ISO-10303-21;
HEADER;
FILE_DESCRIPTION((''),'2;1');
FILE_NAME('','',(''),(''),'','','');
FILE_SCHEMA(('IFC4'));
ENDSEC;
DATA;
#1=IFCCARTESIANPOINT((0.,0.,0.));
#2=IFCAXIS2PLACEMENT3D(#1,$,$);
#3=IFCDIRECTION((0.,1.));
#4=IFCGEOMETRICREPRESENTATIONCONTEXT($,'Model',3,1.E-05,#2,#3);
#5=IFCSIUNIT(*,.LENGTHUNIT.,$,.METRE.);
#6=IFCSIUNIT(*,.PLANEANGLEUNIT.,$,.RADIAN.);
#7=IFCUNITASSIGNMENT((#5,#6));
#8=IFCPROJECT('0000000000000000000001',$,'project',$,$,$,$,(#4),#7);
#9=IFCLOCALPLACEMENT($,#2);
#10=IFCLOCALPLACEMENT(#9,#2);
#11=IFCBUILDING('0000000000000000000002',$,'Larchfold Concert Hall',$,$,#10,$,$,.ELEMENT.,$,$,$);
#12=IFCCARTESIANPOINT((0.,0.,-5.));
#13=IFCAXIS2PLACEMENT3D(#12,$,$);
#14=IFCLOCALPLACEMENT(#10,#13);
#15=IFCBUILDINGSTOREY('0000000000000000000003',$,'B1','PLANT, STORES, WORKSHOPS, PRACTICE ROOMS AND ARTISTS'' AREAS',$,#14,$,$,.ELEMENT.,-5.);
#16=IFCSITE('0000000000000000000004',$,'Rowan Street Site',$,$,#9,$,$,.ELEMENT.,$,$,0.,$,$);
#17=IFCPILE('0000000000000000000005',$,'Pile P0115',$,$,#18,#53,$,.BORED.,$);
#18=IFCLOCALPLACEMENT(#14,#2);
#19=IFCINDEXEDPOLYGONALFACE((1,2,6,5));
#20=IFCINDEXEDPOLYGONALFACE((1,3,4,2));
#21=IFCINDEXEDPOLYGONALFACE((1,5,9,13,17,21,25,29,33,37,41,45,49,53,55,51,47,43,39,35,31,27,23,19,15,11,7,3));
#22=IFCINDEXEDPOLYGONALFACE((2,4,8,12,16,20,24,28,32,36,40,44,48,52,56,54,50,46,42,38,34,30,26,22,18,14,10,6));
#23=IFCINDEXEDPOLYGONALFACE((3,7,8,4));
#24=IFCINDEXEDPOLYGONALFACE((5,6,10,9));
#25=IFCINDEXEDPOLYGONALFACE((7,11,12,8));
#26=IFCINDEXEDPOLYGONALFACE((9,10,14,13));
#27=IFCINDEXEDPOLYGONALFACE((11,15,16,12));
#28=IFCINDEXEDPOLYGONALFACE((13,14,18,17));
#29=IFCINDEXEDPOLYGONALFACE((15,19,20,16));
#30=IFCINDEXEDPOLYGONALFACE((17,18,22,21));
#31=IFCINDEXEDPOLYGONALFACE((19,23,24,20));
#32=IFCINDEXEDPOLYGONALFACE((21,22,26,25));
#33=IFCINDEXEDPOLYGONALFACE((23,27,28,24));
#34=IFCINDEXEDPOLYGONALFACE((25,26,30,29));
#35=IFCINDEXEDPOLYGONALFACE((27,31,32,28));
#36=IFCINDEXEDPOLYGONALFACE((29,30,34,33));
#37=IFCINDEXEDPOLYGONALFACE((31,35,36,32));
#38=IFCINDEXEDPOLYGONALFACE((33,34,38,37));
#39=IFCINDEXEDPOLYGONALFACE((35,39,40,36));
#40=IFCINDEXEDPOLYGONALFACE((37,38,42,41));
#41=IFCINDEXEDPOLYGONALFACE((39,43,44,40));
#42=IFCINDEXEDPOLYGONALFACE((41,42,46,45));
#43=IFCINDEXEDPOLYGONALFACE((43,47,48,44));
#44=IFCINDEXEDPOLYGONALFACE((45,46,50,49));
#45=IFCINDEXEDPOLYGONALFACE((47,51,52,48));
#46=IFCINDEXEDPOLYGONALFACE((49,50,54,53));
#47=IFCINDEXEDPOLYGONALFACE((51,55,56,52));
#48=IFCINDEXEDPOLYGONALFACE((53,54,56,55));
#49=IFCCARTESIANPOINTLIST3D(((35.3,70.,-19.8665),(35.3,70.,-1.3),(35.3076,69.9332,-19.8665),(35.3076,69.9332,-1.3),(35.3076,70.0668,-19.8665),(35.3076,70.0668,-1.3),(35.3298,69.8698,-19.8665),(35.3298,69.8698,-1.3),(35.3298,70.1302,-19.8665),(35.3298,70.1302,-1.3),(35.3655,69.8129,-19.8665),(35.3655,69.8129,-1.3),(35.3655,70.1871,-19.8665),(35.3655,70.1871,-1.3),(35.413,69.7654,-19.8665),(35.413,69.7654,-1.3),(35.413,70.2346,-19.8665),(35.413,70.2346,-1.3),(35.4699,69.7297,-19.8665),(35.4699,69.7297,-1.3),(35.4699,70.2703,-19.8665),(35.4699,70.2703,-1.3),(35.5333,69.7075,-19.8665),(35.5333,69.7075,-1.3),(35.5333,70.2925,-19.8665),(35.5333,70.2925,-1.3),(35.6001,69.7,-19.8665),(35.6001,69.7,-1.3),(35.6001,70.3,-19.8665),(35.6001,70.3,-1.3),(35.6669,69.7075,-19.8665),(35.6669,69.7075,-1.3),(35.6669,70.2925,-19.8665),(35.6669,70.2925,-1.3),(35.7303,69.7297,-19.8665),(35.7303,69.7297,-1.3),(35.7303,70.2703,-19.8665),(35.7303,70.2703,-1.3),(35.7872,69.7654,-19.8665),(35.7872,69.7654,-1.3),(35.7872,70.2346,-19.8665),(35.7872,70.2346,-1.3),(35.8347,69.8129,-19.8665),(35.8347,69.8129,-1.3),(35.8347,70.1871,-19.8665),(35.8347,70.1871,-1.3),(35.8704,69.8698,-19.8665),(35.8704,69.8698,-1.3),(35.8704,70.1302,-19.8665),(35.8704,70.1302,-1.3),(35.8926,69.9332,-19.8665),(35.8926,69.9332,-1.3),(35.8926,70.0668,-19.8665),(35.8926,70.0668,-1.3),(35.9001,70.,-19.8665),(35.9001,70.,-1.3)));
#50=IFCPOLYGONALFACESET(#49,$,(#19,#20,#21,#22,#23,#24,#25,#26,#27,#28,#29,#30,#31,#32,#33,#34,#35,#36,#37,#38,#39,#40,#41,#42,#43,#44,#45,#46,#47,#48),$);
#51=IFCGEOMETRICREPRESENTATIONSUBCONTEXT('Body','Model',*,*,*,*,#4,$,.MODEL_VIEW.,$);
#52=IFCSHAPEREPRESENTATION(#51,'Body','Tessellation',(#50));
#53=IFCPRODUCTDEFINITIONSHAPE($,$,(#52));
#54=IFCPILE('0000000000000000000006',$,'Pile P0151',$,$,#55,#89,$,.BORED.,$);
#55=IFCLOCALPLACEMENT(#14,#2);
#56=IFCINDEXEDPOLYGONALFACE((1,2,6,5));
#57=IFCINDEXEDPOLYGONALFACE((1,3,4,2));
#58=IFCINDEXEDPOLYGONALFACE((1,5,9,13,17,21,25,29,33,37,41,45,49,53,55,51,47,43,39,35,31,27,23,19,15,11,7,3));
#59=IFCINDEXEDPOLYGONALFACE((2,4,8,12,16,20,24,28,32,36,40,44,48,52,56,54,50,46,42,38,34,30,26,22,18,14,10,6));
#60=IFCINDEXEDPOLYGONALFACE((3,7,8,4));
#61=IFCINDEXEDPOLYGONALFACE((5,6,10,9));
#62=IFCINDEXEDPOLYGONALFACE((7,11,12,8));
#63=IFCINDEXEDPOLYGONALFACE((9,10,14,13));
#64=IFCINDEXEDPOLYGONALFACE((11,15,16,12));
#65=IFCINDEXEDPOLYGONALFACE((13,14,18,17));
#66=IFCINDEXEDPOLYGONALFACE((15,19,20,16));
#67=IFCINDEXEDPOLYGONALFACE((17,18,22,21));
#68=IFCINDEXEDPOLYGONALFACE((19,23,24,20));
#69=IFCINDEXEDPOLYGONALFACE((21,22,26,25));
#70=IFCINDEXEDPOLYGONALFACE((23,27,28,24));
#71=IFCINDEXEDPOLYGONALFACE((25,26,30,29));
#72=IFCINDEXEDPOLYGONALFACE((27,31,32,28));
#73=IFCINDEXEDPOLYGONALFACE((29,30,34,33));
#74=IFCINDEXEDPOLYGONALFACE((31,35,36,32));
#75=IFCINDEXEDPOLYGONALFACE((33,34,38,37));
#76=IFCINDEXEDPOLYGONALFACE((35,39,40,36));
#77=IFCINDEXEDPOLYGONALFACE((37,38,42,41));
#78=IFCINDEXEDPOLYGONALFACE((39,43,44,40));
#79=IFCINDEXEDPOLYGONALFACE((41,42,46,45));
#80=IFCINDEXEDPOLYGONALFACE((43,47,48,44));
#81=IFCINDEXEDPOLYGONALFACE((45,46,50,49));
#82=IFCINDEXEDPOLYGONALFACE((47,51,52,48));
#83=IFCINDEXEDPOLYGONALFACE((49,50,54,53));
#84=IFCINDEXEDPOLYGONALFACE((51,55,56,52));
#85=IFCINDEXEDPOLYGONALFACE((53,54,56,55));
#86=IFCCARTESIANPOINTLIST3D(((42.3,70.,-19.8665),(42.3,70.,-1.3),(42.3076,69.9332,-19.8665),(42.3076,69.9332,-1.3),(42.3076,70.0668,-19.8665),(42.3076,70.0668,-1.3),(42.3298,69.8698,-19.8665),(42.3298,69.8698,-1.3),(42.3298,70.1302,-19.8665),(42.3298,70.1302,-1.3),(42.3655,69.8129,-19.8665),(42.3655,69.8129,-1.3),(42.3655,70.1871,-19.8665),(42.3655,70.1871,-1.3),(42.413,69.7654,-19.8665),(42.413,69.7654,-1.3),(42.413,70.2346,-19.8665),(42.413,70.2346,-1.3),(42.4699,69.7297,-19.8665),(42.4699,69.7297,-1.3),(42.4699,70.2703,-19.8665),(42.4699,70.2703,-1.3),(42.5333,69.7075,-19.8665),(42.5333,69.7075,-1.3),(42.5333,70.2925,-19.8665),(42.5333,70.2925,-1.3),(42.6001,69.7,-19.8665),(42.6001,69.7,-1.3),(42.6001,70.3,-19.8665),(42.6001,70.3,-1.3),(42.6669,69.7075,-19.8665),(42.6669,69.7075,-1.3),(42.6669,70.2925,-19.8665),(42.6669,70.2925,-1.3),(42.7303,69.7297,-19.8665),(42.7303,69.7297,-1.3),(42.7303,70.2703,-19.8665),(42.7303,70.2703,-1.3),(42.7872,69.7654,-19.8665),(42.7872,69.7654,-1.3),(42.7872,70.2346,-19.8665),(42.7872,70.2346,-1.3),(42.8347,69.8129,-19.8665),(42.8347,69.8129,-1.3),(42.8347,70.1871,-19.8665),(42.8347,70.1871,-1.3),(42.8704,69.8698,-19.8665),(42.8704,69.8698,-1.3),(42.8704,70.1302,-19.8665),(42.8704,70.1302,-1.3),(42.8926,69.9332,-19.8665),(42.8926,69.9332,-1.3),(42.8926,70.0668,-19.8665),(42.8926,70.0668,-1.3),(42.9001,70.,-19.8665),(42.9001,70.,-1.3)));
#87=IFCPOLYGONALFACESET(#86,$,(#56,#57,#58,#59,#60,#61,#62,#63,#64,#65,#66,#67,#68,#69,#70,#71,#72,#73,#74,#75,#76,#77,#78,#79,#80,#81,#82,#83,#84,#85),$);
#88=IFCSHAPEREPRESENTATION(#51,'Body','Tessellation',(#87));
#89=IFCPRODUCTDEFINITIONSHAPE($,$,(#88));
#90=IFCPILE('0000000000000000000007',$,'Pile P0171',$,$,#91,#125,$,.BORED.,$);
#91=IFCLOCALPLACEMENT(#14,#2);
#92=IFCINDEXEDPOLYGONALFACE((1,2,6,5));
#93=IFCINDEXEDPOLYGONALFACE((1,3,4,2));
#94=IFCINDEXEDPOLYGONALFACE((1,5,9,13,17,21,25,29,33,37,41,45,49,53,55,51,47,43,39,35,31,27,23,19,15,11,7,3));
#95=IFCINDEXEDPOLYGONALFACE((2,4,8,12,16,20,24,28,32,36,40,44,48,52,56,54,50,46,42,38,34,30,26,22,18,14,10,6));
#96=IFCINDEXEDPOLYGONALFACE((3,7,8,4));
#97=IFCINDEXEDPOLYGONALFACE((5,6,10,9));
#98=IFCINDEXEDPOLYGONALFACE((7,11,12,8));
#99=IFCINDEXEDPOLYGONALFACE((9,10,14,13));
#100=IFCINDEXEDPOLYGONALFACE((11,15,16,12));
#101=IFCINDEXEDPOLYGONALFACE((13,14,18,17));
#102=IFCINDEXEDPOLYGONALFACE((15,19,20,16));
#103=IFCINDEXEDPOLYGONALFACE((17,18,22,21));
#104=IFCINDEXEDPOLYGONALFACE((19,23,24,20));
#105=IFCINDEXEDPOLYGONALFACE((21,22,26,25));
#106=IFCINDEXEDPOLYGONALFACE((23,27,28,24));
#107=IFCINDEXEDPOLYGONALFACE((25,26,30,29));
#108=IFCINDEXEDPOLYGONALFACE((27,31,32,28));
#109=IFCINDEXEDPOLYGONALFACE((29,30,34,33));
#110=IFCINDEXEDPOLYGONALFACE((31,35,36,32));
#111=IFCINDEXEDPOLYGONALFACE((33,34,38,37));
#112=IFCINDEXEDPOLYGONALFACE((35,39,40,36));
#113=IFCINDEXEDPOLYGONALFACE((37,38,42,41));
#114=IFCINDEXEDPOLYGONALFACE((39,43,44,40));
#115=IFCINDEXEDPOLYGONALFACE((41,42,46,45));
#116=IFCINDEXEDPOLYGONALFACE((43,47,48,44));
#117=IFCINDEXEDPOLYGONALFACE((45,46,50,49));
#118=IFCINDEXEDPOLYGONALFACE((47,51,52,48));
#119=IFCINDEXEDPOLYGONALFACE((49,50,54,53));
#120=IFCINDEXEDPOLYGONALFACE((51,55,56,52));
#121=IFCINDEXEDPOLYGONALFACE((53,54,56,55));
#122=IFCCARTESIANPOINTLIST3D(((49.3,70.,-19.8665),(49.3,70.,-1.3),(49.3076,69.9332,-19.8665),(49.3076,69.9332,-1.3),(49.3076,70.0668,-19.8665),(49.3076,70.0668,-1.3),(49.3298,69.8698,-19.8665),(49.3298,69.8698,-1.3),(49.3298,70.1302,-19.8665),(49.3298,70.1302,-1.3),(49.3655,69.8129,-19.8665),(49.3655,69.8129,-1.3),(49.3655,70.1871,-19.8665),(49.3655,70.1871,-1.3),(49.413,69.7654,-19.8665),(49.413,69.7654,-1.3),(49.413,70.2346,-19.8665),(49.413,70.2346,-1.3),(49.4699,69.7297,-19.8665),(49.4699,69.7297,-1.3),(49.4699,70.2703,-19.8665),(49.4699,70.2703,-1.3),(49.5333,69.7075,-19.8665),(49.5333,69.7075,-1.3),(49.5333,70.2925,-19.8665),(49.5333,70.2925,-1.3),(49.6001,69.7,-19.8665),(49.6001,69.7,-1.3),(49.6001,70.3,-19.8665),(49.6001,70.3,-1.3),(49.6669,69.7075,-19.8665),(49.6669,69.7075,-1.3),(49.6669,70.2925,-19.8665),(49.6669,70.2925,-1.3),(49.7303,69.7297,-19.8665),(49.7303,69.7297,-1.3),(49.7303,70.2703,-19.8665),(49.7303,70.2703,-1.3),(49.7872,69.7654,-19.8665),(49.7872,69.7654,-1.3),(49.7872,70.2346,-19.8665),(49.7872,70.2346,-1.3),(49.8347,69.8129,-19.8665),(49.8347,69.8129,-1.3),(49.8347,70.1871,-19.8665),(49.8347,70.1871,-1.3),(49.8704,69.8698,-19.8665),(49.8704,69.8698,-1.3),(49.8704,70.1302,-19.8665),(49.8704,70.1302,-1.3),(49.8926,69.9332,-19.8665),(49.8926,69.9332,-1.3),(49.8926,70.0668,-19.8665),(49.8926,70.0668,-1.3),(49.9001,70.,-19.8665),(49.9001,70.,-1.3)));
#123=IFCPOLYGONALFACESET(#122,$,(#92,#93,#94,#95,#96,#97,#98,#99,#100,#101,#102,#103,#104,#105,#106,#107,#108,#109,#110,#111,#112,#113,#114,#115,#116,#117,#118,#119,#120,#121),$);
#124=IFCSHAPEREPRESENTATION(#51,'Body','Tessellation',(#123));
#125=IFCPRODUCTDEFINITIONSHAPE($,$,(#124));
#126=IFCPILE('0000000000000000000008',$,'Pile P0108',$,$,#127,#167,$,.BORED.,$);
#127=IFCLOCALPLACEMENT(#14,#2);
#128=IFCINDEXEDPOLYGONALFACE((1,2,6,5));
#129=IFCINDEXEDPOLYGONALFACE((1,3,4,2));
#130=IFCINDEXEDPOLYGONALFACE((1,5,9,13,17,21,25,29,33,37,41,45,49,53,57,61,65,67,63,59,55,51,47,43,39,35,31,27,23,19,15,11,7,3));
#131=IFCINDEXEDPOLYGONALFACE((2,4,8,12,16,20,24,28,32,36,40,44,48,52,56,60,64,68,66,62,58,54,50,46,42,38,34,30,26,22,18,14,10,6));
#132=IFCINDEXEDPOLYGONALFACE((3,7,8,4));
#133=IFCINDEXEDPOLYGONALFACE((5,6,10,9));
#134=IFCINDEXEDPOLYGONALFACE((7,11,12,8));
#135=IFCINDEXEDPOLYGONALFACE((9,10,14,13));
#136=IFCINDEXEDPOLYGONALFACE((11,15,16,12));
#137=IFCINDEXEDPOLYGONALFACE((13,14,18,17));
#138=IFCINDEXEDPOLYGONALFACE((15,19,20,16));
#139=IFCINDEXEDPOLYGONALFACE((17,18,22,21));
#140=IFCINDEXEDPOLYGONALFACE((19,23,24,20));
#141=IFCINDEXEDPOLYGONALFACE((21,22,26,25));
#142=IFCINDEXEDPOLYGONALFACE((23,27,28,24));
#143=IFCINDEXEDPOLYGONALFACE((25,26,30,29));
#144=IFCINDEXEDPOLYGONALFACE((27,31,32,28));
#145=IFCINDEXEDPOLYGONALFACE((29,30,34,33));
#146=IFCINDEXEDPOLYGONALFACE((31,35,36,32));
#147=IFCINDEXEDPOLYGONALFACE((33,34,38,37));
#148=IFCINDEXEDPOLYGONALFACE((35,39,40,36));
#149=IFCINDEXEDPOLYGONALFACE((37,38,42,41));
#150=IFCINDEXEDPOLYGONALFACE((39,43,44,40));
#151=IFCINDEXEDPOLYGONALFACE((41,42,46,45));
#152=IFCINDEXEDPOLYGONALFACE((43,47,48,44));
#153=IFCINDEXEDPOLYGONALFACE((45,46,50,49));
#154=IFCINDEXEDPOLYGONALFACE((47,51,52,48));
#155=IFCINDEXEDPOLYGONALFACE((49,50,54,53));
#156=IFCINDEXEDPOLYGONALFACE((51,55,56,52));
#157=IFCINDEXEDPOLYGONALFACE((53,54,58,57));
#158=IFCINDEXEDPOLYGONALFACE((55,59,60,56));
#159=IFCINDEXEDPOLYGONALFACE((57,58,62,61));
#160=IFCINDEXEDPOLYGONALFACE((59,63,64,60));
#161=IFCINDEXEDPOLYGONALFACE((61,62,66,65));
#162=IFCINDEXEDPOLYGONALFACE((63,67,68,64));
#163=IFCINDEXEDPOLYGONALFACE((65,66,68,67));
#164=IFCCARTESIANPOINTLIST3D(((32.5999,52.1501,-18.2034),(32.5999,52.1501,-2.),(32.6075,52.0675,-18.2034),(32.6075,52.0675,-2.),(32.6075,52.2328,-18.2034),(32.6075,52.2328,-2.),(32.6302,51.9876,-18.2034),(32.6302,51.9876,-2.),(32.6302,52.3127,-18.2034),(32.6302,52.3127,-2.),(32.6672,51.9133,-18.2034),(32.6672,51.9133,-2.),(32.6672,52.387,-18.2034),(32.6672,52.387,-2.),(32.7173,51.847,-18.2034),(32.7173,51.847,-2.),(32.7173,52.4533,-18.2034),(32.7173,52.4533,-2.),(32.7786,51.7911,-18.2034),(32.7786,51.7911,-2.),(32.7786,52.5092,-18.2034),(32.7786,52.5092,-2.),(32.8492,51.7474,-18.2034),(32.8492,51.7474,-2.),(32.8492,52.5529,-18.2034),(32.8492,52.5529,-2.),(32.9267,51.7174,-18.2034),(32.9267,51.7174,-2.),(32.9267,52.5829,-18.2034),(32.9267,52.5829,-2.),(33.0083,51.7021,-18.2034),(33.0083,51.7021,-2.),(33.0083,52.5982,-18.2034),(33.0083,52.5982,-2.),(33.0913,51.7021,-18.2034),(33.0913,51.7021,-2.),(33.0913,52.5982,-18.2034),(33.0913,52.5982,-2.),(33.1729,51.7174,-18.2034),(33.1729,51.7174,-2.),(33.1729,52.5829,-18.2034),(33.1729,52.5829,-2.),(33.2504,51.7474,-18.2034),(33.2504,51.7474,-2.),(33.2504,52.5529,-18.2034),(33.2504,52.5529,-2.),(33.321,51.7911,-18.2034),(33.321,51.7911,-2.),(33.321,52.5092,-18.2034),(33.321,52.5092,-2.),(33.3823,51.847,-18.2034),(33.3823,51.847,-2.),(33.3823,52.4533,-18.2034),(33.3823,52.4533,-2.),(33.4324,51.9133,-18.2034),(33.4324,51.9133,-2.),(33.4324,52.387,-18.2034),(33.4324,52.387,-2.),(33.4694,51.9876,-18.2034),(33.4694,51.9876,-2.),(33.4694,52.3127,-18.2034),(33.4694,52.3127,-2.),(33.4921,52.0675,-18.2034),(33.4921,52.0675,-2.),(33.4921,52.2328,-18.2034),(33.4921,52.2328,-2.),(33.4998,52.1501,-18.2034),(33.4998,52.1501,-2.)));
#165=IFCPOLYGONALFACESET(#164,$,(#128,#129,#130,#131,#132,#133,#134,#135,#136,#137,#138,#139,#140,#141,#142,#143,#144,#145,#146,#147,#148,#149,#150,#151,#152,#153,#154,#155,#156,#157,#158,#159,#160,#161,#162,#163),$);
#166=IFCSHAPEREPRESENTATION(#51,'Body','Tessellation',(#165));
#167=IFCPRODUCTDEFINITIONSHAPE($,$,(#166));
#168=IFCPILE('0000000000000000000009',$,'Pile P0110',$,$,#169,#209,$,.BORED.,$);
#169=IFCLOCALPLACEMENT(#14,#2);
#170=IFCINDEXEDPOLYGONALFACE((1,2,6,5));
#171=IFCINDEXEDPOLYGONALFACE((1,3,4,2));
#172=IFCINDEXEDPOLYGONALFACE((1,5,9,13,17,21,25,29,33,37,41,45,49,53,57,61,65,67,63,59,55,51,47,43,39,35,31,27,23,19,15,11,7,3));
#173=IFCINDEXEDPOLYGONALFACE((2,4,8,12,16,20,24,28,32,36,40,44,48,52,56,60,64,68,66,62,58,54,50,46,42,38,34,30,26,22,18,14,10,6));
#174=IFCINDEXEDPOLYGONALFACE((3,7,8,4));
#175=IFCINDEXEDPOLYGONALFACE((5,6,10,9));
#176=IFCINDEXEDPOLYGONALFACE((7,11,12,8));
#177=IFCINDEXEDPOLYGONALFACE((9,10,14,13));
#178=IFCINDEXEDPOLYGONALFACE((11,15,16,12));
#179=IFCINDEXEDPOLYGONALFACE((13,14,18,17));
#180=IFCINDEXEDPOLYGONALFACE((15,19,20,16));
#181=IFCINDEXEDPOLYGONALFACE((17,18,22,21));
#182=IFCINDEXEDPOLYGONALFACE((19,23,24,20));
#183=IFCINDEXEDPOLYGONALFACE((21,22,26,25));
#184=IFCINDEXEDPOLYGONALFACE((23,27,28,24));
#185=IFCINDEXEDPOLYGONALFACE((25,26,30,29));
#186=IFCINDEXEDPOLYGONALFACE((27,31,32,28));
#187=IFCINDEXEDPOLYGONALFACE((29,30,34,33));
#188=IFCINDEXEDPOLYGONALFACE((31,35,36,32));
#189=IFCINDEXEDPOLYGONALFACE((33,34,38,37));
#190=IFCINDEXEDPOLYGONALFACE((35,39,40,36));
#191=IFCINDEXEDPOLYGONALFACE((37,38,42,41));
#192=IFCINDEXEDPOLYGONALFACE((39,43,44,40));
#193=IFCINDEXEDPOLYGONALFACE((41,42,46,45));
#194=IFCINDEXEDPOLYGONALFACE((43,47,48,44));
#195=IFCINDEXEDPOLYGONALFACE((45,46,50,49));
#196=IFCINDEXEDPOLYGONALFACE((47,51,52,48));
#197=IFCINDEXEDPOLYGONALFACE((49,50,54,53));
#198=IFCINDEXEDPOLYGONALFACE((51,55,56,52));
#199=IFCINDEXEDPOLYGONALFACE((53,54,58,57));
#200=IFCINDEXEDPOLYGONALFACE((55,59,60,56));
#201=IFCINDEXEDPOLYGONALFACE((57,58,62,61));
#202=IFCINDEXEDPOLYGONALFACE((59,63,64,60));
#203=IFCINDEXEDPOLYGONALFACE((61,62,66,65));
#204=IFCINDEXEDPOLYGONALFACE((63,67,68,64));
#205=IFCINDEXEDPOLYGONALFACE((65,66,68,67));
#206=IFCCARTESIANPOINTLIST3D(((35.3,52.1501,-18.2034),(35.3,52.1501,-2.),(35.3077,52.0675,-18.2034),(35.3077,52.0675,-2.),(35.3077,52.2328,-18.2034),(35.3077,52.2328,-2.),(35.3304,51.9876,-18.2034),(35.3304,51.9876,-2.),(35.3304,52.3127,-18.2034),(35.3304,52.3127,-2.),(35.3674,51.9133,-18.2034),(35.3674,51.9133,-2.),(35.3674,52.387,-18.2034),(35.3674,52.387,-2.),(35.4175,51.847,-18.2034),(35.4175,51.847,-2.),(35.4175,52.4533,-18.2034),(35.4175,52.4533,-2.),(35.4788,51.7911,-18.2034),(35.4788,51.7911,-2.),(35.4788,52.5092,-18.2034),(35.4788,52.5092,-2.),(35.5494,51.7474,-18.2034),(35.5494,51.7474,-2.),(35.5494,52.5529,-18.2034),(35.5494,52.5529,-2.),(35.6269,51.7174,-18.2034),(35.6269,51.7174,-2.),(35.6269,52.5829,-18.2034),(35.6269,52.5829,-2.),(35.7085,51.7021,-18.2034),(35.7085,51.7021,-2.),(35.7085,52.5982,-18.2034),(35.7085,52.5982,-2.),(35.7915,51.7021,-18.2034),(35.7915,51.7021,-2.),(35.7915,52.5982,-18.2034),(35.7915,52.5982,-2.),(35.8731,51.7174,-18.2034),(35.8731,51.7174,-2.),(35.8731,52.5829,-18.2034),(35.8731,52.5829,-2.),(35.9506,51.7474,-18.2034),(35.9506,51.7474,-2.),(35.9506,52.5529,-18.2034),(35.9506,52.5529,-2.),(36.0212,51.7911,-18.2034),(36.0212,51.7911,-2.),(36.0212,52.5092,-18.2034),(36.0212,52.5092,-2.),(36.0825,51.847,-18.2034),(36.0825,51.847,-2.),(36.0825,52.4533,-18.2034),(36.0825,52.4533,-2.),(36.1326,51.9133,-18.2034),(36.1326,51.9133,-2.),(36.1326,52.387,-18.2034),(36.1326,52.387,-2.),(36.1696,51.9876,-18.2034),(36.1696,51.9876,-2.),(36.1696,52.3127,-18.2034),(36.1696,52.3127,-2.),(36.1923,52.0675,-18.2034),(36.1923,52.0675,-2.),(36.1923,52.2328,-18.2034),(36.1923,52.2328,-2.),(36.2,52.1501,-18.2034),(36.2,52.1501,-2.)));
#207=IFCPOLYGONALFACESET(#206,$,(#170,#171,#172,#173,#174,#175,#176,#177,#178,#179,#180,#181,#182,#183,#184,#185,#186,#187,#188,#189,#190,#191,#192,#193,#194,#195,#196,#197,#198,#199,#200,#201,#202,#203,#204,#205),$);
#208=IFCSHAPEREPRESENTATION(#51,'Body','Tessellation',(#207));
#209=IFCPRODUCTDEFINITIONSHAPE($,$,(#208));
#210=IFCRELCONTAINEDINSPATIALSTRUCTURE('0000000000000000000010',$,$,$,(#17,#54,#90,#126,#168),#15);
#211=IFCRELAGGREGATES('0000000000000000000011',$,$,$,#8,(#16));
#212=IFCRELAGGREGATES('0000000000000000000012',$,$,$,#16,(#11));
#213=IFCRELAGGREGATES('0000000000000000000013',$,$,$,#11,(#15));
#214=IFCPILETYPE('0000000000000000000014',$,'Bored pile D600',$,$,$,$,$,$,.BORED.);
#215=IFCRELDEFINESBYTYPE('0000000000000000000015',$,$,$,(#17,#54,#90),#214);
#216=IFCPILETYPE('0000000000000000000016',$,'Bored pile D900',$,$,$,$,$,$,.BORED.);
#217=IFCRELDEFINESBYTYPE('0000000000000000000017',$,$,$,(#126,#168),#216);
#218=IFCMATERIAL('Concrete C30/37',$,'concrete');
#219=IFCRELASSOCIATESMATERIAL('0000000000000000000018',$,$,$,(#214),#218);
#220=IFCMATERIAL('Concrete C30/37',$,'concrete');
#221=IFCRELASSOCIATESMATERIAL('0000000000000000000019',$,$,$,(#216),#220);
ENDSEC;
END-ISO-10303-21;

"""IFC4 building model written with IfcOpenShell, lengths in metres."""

from ifc_helpers import new_model, si_unit, direction, frame, origin, origin_2d, place, context, subcontext, project, spatial, circle, extrude, material, material_profile, profile_set, type_object, element, save


model = new_model("IFC4")

# Units and contexts
model_context = context("Model", 3, precision=1e-05, world=origin(), true_north=direction((0.0, 1.0)))
body_context = subcontext(model_context, "Body", "Model", "MODEL_VIEW")
ifc_project = project(units=[si_unit("LENGTHUNIT", "METRE"), si_unit("PLANEANGLEUNIT", "RADIAN")], contexts=[model_context])

# Site, building, storey
site_placement = place(None, origin())
site = spatial("IfcSite", under=ifc_project, at=site_placement, Name="Rowan Street Site", CompositionType="ELEMENT", RefElevation=0.0)
building_placement = place(site_placement, origin())
building = spatial("IfcBuilding", under=site, at=building_placement, Name="Larchfold Concert Hall", CompositionType="ELEMENT")
storey_placement = place(building_placement, frame((0.0, 0.0, -5.0)))
storey = spatial("IfcBuildingStorey", under=building, at=storey_placement, Name="B1", Description="PLANT, STORES, WORKSHOPS, PRACTICE ROOMS AND ARTISTS' AREAS", CompositionType="ELEMENT", Elevation=-5.0)

# Piles
ifc_material_1 = material(Name="Concrete C30/37", Category="concrete")
ifc_material_profile_1 = material_profile(ifc_material_1, circle(Radius=0.3, at=origin_2d()))
ifc_profile_set_1 = profile_set([ifc_material_profile_1], Name="Concrete C30/37")
pile_type_1 = type_object("IfcPileType", Name="Bored pile D600", PredefinedType="BORED", material=ifc_profile_set_1)
for number, where, z_axis, x_axis, name in (
    (1, (35.6001, 70.0, -1.3), (0.0, 0.0, -1.0), (1.0, 0.0, 0.0), "Pile P0115"),
    (2, (42.6001, 70.0, -1.3), (0.0, 0.0, -1.0), (1.0, 0.0, 0.0), "Pile P0151"),
    (3, (49.6001, 70.0, -1.3), (0.0, 0.0, -1.0), (1.0, 0.0, 0.0), "Pile P0171"),
):
    element("IfcPile", number, at=place(storey_placement, frame(where, z_axis=z_axis, x_axis=x_axis)), inside=storey, type_object=pile_type_1, Name=name, PredefinedType="BORED", context=body_context, shape_type="SweptSolid", body=[
        extrude(circle(Radius=0.3, at=origin_2d()), origin(), (0.0, 0.0, 1.0), 18.5664),
    ])
ifc_material_2 = material(Name="Concrete C30/37", Category="concrete")
ifc_material_profile_2 = material_profile(ifc_material_2, circle(Radius=0.45, at=origin_2d()))
ifc_profile_set_2 = profile_set([ifc_material_profile_2], Name="Concrete C30/37")
pile_type_2 = type_object("IfcPileType", Name="Bored pile D900", PredefinedType="BORED", material=ifc_profile_set_2)
for number, where, z_axis, x_axis, name in (
    (4, (33.0498, 52.1501, -2.0), (0.0, 0.0, -1.0), (1.0, 0.0, 0.0), "Pile P0108"),
    (5, (35.75, 52.1501, -2.0), (0.0, 0.0, -1.0), (1.0, 0.0, 0.0), "Pile P0110"),
):
    element("IfcPile", number, at=place(storey_placement, frame(where, z_axis=z_axis, x_axis=x_axis)), inside=storey, type_object=pile_type_2, Name=name, PredefinedType="BORED", context=body_context, shape_type="SweptSolid", body=[
        extrude(circle(Radius=0.45, at=origin_2d()), origin(), (0.0, 0.0, 1.0), 16.2034),
    ])

save(model, "model.ifc")
